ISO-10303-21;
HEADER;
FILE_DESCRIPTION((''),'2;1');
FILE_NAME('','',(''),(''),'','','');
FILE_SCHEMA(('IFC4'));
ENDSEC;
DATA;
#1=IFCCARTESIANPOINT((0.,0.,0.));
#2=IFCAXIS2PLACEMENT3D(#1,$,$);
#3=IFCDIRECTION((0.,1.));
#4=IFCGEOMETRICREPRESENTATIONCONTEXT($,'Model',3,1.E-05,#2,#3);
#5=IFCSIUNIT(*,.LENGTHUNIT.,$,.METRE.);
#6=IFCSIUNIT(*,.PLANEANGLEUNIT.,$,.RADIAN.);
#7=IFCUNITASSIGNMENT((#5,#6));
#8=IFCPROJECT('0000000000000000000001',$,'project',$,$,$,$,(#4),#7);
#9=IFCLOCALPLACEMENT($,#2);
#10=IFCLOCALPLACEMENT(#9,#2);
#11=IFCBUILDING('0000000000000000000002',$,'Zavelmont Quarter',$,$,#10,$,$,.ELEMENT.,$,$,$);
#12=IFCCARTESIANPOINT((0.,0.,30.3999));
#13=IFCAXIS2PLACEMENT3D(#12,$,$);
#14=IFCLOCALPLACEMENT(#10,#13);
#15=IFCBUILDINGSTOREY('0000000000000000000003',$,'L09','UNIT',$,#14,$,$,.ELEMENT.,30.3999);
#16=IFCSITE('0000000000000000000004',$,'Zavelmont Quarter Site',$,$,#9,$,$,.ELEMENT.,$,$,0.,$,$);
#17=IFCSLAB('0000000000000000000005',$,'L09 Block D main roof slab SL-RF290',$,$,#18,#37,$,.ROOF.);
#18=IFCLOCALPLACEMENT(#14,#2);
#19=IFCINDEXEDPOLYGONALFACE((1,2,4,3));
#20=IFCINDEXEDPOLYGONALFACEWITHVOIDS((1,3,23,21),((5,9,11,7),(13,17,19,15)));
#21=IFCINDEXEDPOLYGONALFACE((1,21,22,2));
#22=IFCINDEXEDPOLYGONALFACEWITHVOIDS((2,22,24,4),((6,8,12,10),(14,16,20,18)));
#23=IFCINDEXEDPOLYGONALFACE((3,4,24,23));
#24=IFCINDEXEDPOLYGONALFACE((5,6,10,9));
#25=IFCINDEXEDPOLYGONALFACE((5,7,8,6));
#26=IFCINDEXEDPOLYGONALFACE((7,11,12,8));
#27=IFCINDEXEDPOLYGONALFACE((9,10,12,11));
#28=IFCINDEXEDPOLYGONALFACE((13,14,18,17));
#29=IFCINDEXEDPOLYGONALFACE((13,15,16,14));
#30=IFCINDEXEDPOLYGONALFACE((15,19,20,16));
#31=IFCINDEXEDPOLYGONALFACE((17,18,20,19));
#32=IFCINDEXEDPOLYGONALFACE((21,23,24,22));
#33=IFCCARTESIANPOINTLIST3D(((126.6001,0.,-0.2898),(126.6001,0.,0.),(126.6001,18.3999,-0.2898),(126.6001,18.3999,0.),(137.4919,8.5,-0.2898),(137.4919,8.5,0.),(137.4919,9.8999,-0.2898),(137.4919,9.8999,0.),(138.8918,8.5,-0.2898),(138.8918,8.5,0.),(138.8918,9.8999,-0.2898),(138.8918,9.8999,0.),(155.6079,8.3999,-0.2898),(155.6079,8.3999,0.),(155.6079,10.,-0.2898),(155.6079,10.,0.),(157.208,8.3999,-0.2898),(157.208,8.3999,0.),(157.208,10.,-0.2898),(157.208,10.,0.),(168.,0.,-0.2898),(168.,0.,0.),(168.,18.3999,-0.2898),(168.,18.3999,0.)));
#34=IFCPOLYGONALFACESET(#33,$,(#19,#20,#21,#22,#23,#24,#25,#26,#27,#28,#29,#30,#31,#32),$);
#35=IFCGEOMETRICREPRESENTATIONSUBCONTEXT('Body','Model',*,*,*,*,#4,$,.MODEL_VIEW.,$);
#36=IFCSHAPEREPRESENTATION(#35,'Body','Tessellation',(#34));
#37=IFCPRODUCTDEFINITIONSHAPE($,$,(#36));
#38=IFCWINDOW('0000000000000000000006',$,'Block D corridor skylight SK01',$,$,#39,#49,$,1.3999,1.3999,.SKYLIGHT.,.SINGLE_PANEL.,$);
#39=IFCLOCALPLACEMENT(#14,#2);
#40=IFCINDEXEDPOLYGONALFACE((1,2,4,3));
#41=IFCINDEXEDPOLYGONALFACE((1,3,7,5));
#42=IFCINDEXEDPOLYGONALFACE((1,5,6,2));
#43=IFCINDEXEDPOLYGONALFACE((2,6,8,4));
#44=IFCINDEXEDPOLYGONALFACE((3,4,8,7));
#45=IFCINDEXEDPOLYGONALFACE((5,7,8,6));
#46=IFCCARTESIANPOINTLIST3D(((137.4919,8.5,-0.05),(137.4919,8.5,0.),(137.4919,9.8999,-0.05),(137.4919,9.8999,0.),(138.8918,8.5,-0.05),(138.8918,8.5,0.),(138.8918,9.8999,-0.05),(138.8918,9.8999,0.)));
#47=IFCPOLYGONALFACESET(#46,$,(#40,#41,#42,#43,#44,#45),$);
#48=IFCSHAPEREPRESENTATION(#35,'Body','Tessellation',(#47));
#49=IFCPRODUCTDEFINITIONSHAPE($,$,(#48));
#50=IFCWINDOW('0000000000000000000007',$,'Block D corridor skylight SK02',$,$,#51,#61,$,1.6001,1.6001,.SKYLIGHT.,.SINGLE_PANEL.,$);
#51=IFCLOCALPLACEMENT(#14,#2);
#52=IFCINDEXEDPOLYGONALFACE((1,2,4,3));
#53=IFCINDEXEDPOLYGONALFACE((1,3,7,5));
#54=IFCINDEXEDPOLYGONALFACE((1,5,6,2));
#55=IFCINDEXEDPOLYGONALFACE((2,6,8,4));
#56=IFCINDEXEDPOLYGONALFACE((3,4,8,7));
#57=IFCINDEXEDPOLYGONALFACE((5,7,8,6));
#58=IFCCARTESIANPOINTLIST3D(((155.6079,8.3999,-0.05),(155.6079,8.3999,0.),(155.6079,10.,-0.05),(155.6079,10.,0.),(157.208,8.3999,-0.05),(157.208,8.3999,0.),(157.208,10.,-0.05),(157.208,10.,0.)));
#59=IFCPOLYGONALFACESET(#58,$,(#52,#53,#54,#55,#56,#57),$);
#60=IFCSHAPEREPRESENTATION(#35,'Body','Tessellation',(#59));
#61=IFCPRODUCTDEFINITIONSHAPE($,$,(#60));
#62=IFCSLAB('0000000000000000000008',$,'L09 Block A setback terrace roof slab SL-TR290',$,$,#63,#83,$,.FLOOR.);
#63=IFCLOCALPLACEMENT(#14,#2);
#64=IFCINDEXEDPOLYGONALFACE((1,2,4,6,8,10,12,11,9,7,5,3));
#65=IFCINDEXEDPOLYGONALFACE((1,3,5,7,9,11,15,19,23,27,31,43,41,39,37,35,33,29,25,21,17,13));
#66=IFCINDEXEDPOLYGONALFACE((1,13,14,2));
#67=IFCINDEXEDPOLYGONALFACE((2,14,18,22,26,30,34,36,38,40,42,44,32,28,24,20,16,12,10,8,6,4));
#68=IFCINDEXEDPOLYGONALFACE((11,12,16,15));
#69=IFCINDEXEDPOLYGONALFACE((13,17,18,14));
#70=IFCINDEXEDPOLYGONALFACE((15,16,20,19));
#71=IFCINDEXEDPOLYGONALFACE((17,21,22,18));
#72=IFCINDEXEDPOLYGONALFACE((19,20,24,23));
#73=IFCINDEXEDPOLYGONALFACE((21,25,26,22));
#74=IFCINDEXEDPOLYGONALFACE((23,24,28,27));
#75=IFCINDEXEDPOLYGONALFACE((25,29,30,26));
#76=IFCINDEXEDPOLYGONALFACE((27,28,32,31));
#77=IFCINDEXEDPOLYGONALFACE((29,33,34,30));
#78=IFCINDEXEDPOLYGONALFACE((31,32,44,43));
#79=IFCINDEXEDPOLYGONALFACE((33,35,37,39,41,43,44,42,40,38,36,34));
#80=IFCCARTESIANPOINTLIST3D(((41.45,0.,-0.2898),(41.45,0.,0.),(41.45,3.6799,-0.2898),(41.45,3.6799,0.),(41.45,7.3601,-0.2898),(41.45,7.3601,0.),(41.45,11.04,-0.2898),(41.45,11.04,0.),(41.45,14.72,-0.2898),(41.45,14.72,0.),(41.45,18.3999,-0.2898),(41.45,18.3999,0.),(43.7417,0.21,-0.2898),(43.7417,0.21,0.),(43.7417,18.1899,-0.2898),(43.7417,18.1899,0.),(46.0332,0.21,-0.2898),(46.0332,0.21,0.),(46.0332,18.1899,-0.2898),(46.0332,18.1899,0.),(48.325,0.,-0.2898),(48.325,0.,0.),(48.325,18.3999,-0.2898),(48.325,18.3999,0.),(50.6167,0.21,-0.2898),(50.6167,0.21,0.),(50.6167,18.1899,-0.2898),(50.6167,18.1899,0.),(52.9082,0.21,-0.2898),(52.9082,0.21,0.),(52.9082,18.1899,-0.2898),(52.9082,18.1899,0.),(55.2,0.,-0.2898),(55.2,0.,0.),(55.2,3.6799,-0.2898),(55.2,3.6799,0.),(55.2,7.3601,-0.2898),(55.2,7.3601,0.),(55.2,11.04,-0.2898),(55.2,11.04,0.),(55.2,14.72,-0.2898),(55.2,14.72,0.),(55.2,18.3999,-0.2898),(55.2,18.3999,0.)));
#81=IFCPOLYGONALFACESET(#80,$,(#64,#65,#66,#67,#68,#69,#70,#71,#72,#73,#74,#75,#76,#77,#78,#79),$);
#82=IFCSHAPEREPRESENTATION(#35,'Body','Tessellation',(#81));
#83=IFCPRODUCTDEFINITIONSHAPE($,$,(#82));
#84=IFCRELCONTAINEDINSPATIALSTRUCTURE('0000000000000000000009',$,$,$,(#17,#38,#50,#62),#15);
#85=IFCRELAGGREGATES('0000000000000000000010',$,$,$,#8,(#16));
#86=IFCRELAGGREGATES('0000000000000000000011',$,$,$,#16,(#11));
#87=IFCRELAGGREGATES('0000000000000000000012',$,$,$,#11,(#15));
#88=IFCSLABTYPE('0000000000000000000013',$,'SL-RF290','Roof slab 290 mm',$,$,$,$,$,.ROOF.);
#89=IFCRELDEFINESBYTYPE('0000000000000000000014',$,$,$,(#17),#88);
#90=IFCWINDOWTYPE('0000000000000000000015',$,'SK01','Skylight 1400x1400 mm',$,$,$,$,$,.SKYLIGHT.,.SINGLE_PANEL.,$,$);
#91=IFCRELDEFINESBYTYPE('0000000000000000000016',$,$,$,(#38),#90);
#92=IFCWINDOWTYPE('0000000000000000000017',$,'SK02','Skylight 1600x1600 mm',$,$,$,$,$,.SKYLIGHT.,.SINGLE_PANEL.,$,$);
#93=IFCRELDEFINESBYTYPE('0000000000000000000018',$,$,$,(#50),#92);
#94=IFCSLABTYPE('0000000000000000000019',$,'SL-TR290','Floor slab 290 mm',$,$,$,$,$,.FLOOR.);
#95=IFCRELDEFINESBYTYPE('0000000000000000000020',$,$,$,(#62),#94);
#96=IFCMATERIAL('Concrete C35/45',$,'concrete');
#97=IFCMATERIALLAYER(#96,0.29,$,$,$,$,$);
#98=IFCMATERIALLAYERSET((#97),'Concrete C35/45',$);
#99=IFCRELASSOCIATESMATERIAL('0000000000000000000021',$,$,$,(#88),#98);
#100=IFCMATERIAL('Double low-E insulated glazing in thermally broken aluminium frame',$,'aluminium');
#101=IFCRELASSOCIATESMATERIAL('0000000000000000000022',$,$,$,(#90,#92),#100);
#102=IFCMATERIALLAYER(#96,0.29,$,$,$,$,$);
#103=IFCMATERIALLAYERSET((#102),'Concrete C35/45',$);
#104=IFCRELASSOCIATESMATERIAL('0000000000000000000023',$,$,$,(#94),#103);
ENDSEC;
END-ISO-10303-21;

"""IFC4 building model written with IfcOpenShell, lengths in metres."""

from ifc_helpers import new_model, si_unit, direction, frame, origin, origin_2d, place, context, subcontext, project, spatial, polyline, rectangle, outline, extrude, material, layer, layer_set, type_object, element, fill, save


model = new_model("IFC4")

# Units and contexts
model_context = context("Model", 3, precision=1e-05, world=origin(), true_north=direction((0.0, 1.0)))
body_context = subcontext(model_context, "Body", "Model", "MODEL_VIEW")
ifc_project = project(units=[si_unit("LENGTHUNIT", "METRE"), si_unit("PLANEANGLEUNIT", "RADIAN")], contexts=[model_context])

# Site, building, storey
site_placement = place(None, origin())
site = spatial("IfcSite", under=ifc_project, at=site_placement, Name="Zavelmont Quarter Site", CompositionType="ELEMENT", RefElevation=0.0)
building_placement = place(site_placement, origin())
building = spatial("IfcBuilding", under=site, at=building_placement, Name="Zavelmont Quarter", CompositionType="ELEMENT")
storey_placement = place(building_placement, frame((0.0, 0.0, 30.3999)))
storey = spatial("IfcBuildingStorey", under=building, at=storey_placement, Name="L09", Description="UNIT", CompositionType="ELEMENT", Elevation=30.3999)

# Shared definitions
ifc_material_1 = material(Name="Concrete C35/45", Category="concrete")

# Slab, openings, windows
ifc_layer_1 = layer(ifc_material_1, 0.29)
ifc_layer_set_1 = layer_set([ifc_layer_1], Name="Concrete C35/45")
slab_type_1 = type_object("IfcSlabType", Name="SL-RF290", Description="Roof slab 290 mm", PredefinedType="ROOF", material=ifc_layer_set_1)
slab_1_placement = place(storey_placement, frame((0.0, 0.0, -0.2898)))
slab_1 = element("IfcSlab", 1, at=slab_1_placement, inside=storey, type_object=slab_type_1, Name="L09 Block D main roof slab SL-RF290", PredefinedType="ROOF", context=body_context, shape_type="SweptSolid", body=[
    extrude(outline(polyline([(126.6001, 0.0), (168.0, 0.0), (168.0, 18.3999), (126.6001, 18.3999), (126.6001, 0.0)])), origin(), (0.0, 0.0, 1.0), 0.2898),
])
opening_1_placement = place(slab_1_placement, frame((138.1919, 9.2, 0.0)))
opening_1 = element("IfcOpeningElement", 2, at=opening_1_placement, cuts=slab_1, PredefinedType="OPENING", context=body_context, shape_type="SweptSolid", body=[
    extrude(rectangle(XDim=1.3999, YDim=1.3999, at=origin_2d()), frame((0.0, 0.0, -0.012)), (0.0, 0.0, 1.0), 0.3137),
])
opening_2_placement = place(slab_1_placement, frame((156.408, 9.2, 0.0)))
opening_2 = element("IfcOpeningElement", 3, at=opening_2_placement, cuts=slab_1, PredefinedType="OPENING", context=body_context, shape_type="SweptSolid", body=[
    extrude(rectangle(XDim=1.6001, YDim=1.6001, at=origin_2d()), frame((0.0, 0.0, -0.012)), (0.0, 0.0, 1.0), 0.3137),
])
ifc_material_2 = material(Name="Double low-E insulated glazing in thermally broken aluminium frame", Category="aluminium")
window_type_1 = type_object("IfcWindowType", Name="SK01", Description="Skylight 1400x1400 mm", PartitioningType="SINGLE_PANEL", PredefinedType="SKYLIGHT", material=ifc_material_2)
window_1_placement = place(opening_1_placement, frame((0.0, 0.0, 0.2397)))
window_1 = element("IfcWindow", 4, at=window_1_placement, inside=storey, type_object=window_type_1, Name="Block D corridor skylight SK01", OverallHeight=1.3999, OverallWidth=1.3999, PartitioningType="SINGLE_PANEL", PredefinedType="SKYLIGHT", context=body_context, shape_type="SweptSolid", body=[
    extrude(rectangle(XDim=1.3999, YDim=1.3999, at=origin_2d()), origin(), (0.0, 0.0, 1.0), 0.05),
])
fill(opening_1, window_1)
window_type_2 = type_object("IfcWindowType", Name="SK02", Description="Skylight 1600x1600 mm", PartitioningType="SINGLE_PANEL", PredefinedType="SKYLIGHT", material=ifc_material_2)
window_2_placement = place(opening_2_placement, frame((0.0, 0.0, 0.2397)))
window_2 = element("IfcWindow", 5, at=window_2_placement, inside=storey, type_object=window_type_2, Name="Block D corridor skylight SK02", OverallHeight=1.6001, OverallWidth=1.6001, PartitioningType="SINGLE_PANEL", PredefinedType="SKYLIGHT", context=body_context, shape_type="SweptSolid", body=[
    extrude(rectangle(XDim=1.6001, YDim=1.6001, at=origin_2d()), origin(), (0.0, 0.0, 1.0), 0.05),
])
fill(opening_2, window_2)

# Slab
ifc_layer_2 = layer(ifc_material_1, 0.29)
ifc_layer_set_2 = layer_set([ifc_layer_2], Name="Concrete C35/45")
slab_type_2 = type_object("IfcSlabType", Name="SL-TR290", Description="Floor slab 290 mm", PredefinedType="FLOOR", material=ifc_layer_set_2)
slab_2_placement = place(storey_placement, frame((0.0, 0.0, -0.2898)))
element("IfcSlab", 6, at=slab_2_placement, inside=storey, type_object=slab_type_2, Name="L09 Block A setback terrace roof slab SL-TR290", PredefinedType="FLOOR", context=body_context, shape_type="SweptSolid", body=[
    extrude(outline(polyline([(41.45, 0.0), (43.7417, 0.21), (46.0332, 0.21), (48.325, 0.0), (50.6167, 0.21), (52.9082, 0.21), (55.2, 0.0), (55.2, 3.6799), (55.2, 7.3601), (55.2, 11.04), (55.2, 14.72), (55.2, 18.3999), (52.9082, 18.1899), (50.6167, 18.1899), (48.325, 18.3999), (46.0332, 18.1899), (43.7417, 18.1899), (41.45, 18.3999), (41.45, 14.72), (41.45, 11.04), (41.45, 7.3601), (41.45, 3.6799), (41.45, 0.0)])), origin(), (0.0, 0.0, 1.0), 0.2898),
])

save(model, "model.ifc")
